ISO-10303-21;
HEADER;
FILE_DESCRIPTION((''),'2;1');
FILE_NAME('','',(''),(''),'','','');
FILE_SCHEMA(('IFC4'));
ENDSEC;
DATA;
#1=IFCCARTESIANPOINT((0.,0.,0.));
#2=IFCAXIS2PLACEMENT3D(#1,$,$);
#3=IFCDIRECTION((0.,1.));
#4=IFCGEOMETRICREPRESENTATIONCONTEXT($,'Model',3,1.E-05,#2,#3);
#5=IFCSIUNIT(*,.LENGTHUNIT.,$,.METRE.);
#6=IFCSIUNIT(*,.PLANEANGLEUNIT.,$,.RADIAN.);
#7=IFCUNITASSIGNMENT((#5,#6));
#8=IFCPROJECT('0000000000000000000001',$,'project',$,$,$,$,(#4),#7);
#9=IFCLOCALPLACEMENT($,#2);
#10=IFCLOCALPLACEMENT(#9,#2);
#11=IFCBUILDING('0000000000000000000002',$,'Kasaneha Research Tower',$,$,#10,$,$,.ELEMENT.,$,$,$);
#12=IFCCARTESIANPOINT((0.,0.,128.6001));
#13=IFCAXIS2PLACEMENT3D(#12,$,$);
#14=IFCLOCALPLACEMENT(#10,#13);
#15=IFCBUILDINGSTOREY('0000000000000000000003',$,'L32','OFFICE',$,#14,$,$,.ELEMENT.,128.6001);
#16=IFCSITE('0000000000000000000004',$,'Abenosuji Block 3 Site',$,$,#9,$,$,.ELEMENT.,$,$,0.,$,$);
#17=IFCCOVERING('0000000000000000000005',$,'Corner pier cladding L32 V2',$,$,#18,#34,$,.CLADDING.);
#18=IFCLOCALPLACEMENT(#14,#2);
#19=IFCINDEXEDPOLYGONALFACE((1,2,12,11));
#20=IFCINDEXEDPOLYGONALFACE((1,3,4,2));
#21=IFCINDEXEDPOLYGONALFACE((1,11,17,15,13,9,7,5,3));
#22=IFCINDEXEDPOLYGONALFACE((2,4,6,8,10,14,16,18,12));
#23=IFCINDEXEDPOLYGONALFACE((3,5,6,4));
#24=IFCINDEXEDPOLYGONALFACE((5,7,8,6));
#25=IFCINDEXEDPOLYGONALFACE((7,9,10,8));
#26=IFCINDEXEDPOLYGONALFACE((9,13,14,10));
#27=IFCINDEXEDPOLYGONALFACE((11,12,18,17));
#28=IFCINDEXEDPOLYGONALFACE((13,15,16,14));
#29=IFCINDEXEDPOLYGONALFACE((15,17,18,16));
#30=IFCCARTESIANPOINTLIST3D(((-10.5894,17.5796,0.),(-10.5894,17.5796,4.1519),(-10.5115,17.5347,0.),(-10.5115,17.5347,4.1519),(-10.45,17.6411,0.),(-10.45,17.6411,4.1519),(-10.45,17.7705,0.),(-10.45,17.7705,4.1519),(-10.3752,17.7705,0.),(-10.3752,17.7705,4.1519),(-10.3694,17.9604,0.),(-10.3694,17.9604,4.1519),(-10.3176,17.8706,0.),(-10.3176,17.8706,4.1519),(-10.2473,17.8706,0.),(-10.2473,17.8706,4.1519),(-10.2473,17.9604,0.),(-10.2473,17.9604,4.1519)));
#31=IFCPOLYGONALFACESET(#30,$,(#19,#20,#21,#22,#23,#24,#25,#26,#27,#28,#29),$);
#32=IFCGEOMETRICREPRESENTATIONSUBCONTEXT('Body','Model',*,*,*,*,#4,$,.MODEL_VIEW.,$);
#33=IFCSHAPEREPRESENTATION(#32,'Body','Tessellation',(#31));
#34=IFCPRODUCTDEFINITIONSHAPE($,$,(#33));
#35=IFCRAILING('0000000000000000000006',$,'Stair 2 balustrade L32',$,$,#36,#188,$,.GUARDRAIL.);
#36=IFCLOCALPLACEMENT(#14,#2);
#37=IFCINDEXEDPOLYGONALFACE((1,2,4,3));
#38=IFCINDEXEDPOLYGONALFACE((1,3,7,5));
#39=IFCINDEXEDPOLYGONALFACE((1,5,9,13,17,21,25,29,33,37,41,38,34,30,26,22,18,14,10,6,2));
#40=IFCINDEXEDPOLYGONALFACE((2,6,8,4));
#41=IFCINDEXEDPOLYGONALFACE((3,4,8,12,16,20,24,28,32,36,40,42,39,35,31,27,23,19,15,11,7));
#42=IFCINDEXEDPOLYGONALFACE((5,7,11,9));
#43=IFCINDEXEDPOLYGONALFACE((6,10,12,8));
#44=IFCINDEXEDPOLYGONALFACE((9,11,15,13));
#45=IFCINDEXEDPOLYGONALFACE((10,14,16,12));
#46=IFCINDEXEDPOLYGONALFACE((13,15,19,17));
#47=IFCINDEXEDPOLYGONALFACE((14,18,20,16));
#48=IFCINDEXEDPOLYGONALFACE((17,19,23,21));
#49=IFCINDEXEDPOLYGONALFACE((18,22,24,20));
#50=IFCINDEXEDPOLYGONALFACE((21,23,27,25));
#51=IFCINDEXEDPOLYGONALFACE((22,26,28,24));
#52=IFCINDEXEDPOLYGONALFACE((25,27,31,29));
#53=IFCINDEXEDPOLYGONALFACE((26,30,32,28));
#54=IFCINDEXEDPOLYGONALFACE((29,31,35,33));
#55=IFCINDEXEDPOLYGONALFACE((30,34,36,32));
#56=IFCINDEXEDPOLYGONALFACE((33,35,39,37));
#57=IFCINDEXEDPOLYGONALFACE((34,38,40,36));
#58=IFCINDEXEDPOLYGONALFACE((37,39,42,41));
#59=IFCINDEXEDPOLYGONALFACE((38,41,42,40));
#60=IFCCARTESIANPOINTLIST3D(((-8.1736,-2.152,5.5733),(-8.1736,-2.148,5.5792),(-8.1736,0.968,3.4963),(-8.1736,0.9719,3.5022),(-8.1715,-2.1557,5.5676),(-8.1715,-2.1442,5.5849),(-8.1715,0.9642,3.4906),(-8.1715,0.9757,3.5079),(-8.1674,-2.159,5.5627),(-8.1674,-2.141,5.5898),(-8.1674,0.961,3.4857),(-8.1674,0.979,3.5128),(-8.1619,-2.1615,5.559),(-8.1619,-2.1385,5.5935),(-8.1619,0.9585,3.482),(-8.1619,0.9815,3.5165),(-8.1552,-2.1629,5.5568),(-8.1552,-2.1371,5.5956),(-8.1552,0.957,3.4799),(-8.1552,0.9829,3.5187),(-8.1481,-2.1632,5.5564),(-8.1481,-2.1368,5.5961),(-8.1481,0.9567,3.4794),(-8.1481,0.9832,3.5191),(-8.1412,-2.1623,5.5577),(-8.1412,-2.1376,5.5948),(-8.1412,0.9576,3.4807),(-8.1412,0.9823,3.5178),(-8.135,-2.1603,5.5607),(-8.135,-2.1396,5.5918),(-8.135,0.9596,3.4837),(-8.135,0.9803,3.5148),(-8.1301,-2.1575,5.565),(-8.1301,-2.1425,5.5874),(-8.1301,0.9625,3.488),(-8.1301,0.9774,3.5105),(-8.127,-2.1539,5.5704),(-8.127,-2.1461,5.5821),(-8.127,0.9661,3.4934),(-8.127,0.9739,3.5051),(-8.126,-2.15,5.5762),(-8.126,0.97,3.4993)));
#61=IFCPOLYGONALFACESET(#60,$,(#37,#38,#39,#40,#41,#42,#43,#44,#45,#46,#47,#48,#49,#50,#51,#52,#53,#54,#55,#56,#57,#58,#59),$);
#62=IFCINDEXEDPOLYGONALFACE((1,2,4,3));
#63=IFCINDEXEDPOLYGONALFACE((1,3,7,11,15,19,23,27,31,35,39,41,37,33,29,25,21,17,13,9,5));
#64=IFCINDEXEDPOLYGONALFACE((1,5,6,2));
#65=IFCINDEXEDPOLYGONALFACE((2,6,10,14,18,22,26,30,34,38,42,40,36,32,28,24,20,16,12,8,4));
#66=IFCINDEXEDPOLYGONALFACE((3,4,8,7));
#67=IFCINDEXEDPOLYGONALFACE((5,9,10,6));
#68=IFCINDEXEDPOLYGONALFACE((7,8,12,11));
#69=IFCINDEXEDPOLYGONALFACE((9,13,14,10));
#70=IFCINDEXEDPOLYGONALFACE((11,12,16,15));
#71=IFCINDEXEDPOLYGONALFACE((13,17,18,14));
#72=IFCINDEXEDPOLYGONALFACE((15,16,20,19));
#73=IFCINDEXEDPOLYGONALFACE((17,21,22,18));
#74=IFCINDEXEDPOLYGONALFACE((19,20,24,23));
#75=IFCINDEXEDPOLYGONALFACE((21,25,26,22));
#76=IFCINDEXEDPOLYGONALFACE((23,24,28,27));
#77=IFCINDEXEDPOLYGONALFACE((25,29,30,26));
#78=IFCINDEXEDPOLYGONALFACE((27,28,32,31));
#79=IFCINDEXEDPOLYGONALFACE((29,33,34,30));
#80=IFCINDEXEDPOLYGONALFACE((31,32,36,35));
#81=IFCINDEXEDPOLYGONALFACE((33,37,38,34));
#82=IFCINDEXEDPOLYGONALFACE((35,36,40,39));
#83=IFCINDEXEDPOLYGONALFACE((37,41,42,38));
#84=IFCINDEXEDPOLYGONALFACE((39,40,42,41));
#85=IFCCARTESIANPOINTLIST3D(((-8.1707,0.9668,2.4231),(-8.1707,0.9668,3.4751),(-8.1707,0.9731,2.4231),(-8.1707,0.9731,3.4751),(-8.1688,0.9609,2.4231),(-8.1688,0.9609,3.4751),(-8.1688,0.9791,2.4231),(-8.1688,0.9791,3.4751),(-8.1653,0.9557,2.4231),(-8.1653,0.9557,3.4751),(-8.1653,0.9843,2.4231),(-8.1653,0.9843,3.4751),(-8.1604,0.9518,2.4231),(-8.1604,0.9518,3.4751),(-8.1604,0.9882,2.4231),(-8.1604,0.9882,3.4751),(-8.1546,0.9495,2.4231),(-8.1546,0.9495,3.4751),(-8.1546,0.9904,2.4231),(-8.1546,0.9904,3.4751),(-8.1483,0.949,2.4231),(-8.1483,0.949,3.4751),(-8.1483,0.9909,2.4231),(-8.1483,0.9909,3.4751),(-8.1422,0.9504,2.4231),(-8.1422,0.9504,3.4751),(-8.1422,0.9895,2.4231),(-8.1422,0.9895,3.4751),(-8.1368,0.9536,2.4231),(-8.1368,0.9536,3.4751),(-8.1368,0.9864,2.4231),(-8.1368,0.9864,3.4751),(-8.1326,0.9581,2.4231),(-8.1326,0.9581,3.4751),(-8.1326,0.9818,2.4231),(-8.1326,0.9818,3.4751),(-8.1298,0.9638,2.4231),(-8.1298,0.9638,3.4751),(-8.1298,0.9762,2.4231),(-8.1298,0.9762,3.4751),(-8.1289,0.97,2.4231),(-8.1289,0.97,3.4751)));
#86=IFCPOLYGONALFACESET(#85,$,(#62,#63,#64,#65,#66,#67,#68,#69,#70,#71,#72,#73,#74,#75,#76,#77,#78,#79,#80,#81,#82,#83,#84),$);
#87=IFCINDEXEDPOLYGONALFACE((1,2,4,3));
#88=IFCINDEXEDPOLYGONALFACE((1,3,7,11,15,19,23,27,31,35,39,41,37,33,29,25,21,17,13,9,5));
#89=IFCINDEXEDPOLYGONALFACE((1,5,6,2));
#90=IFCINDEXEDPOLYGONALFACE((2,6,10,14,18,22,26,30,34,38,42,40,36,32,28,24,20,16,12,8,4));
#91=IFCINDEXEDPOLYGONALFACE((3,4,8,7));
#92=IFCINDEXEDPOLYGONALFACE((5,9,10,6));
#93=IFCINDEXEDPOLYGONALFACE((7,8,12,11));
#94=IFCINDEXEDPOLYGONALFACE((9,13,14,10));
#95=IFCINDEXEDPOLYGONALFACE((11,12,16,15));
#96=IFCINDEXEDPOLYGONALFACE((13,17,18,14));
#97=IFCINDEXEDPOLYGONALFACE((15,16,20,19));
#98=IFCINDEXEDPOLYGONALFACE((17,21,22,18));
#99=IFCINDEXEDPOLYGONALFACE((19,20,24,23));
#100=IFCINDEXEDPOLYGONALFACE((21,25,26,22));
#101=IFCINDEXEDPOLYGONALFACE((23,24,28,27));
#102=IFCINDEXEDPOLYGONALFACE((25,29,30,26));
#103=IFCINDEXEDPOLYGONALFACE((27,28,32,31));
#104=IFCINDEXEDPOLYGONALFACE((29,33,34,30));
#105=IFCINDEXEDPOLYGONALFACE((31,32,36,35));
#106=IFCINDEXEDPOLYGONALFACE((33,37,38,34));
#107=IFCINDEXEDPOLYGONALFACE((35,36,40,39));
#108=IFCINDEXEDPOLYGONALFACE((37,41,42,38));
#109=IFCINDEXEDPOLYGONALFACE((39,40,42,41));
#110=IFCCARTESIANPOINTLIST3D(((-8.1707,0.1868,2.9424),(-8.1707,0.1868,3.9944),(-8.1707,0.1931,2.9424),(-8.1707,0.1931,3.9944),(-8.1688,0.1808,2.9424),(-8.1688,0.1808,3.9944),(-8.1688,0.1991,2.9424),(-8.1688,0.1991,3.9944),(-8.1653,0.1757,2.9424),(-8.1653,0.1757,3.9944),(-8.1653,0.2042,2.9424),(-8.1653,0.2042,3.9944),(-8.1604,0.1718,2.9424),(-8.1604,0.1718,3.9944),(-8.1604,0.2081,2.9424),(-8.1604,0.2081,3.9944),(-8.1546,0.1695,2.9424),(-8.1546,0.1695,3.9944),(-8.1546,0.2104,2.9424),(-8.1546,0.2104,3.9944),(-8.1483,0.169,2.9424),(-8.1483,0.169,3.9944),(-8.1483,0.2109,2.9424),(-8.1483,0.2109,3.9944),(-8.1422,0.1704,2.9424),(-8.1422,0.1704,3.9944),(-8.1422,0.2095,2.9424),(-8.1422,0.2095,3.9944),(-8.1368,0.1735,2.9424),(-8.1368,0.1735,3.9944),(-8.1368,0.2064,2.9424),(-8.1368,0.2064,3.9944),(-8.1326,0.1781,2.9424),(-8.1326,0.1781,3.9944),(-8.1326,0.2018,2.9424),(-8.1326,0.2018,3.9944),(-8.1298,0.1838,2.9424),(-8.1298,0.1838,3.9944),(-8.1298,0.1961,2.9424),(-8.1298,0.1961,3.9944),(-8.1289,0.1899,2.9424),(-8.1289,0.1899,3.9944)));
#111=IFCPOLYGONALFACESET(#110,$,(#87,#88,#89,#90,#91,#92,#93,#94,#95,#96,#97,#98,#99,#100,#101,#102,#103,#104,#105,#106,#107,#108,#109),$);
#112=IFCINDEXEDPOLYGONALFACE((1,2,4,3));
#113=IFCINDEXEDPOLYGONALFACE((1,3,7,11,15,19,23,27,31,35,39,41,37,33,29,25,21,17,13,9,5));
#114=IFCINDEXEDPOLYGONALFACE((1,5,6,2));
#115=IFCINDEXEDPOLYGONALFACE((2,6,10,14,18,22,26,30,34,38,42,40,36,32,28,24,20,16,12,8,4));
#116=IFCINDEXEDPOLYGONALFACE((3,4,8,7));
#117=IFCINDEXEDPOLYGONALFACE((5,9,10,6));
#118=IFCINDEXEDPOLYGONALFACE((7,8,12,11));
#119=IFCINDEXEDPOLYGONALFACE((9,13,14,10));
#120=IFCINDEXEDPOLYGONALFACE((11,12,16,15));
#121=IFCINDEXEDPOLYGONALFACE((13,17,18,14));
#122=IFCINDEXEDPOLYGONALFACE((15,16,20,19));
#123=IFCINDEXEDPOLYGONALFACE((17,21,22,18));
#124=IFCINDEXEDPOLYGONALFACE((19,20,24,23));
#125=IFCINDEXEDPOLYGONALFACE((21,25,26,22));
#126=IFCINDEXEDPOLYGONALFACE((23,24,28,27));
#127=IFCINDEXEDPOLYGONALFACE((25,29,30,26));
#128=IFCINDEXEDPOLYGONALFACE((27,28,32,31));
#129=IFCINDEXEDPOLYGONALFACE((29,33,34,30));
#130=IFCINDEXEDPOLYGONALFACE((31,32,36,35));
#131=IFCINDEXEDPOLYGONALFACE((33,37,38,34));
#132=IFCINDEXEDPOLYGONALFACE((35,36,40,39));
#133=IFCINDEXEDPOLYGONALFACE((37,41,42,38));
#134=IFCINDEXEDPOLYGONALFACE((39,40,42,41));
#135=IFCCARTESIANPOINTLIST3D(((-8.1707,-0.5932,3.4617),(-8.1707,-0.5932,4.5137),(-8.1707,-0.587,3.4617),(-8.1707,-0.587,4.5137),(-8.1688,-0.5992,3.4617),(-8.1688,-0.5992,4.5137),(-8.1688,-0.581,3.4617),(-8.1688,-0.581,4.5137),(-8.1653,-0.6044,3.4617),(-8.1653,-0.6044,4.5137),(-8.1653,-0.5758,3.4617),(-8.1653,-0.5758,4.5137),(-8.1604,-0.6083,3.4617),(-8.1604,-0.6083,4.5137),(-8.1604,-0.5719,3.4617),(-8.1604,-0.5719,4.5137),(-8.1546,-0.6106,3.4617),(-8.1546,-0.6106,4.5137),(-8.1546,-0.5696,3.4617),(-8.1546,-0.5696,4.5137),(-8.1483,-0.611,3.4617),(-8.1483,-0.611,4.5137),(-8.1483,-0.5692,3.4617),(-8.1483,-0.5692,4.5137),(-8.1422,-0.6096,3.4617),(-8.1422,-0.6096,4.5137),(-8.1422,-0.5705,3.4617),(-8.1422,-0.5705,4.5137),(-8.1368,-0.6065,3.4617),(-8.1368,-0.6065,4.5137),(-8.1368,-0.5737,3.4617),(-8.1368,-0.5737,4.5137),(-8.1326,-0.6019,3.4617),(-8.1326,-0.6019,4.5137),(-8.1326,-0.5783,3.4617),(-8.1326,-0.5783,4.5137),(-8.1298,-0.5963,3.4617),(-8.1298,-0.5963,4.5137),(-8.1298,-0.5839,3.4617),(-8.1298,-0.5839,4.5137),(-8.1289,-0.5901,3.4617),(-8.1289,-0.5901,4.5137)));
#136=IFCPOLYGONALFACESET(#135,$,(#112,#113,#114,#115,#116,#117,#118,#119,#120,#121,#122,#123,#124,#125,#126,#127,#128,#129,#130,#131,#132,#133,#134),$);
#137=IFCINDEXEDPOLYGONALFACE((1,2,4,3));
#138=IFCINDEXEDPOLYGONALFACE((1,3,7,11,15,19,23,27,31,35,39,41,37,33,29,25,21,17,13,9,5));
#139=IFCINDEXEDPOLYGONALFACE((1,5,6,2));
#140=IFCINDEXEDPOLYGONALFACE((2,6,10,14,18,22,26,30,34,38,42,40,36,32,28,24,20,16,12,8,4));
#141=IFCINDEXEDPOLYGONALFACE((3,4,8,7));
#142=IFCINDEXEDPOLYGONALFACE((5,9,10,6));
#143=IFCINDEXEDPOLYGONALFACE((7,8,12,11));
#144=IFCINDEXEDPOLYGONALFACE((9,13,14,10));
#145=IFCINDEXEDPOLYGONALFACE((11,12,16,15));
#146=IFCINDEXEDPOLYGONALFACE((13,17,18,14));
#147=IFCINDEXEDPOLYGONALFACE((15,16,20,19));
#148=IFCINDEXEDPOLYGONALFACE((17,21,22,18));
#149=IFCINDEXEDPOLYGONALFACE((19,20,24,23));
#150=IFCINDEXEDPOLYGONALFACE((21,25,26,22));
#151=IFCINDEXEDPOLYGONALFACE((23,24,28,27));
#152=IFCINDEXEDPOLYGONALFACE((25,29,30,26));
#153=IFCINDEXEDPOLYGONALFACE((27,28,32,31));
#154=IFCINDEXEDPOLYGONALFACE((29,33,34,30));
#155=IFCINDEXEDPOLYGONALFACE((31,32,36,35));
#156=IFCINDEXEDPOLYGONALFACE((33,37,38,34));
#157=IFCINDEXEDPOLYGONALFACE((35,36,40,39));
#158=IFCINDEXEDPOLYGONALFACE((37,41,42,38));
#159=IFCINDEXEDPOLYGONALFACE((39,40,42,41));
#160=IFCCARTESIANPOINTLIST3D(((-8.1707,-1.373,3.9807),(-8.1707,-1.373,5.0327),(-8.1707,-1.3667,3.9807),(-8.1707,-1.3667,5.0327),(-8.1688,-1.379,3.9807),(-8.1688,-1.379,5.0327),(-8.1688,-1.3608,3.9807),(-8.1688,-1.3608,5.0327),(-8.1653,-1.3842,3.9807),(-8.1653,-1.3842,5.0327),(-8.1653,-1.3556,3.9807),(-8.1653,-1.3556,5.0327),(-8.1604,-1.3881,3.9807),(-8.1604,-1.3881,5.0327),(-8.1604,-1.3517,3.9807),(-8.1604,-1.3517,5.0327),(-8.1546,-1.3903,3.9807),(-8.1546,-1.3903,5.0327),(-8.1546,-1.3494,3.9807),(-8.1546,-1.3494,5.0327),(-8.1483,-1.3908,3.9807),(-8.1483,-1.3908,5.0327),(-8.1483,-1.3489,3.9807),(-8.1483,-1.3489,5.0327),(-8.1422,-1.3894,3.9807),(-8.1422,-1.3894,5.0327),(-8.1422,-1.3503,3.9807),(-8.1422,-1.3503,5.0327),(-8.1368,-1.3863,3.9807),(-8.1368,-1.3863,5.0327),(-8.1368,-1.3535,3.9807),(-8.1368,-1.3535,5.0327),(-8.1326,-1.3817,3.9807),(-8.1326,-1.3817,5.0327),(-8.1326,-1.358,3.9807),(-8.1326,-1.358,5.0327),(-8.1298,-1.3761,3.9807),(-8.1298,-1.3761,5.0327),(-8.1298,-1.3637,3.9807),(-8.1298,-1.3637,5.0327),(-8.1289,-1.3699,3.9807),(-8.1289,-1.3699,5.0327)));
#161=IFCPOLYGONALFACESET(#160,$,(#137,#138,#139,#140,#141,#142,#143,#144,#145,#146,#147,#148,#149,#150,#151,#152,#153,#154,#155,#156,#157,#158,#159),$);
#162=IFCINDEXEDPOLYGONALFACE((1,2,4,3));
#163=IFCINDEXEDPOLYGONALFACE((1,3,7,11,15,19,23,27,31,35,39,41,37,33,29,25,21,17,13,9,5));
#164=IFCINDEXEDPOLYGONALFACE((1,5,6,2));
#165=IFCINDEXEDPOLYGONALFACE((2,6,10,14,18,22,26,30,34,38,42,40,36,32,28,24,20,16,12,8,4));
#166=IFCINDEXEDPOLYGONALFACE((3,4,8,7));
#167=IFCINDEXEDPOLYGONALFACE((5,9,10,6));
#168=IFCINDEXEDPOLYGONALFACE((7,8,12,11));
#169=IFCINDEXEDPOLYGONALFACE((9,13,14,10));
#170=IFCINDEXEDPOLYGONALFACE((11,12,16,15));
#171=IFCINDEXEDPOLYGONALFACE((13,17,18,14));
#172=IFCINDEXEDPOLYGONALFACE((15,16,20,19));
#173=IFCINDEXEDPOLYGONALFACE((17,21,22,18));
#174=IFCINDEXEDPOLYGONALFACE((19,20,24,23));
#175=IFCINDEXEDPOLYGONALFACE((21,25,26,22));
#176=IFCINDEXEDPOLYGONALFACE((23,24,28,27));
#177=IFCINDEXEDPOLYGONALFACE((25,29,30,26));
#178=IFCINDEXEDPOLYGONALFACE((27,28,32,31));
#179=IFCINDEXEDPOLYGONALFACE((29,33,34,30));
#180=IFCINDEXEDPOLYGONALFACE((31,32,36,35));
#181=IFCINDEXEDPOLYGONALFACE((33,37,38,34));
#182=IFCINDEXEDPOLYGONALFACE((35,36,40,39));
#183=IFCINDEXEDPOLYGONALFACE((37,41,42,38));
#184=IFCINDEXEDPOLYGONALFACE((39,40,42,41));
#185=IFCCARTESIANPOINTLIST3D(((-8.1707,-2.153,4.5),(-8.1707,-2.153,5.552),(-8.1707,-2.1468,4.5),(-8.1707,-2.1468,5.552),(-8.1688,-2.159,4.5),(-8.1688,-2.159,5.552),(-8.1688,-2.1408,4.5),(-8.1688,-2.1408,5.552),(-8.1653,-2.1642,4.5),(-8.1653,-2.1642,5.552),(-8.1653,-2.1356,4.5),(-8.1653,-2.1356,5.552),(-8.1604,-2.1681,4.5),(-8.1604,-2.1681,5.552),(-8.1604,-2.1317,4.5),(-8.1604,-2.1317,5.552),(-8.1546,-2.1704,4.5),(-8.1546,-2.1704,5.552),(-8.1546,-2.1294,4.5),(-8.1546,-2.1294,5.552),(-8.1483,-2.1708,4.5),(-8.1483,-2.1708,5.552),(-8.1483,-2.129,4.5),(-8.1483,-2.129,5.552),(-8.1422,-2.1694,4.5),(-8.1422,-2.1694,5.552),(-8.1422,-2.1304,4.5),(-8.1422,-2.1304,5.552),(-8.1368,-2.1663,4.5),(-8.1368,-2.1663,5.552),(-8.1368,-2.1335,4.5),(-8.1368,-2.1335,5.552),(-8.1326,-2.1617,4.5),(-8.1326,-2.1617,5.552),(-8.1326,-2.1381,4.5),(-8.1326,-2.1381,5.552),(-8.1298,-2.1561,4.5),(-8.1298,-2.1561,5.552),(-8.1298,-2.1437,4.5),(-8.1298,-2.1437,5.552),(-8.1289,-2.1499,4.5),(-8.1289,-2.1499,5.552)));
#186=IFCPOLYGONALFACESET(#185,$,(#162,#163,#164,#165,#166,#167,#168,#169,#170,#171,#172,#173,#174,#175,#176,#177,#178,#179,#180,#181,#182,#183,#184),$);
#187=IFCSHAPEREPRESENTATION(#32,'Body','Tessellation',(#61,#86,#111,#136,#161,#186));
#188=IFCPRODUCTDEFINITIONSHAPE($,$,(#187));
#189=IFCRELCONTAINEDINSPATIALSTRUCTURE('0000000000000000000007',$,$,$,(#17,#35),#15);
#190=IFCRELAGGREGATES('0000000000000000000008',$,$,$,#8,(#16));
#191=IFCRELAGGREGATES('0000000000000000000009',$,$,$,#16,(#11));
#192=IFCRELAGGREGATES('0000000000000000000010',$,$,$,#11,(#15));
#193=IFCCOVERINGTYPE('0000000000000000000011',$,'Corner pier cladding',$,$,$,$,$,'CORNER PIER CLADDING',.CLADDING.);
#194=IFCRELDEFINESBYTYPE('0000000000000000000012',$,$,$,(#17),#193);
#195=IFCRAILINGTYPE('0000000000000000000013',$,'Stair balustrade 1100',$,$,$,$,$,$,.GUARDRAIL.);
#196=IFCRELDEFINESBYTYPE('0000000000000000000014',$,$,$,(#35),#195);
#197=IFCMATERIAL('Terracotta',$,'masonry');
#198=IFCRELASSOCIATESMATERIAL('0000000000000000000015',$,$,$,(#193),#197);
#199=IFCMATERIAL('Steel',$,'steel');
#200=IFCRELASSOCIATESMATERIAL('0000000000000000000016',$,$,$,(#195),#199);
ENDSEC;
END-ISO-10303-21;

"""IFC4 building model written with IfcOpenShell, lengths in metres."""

from ifc_helpers import new_model, si_unit, direction, frame, origin, origin_2d, place, context, subcontext, project, spatial, polyline, circle, outline, extrude, material, type_object, element, save


model = new_model("IFC4")

# Units and contexts
model_context = context("Model", 3, precision=1e-05, world=origin(), true_north=direction((0.0, 1.0)))
body_context = subcontext(model_context, "Body", "Model", "MODEL_VIEW")
ifc_project = project(units=[si_unit("LENGTHUNIT", "METRE"), si_unit("PLANEANGLEUNIT", "RADIAN")], contexts=[model_context])

# Site, building, storey
site_placement = place(None, origin())
site = spatial("IfcSite", under=ifc_project, at=site_placement, Name="Abenosuji Block 3 Site", CompositionType="ELEMENT", RefElevation=0.0)
building_placement = place(site_placement, origin())
building = spatial("IfcBuilding", under=site, at=building_placement, Name="Kasaneha Research Tower", CompositionType="ELEMENT")
storey_placement = place(building_placement, frame((0.0, 0.0, 128.6001)))
storey = spatial("IfcBuildingStorey", under=building, at=storey_placement, Name="L32", Description="OFFICE", CompositionType="ELEMENT", Elevation=128.6001)

# Covering
ifc_material_1 = material(Name="Terracotta", Category="masonry")
covering_type = type_object("IfcCoveringType", Name="Corner pier cladding", ElementType="CORNER PIER CLADDING", PredefinedType="CLADDING", material=ifc_material_1)
covering_1_placement = place(storey_placement, origin())
element("IfcCovering", 1, at=covering_1_placement, inside=storey, type_object=covering_type, Name="Corner pier cladding L32 V2", PredefinedType="CLADDING", context=body_context, shape_type="SweptSolid", body=[
    extrude(outline(polyline([(-10.2473, 17.8706), (-10.3176, 17.8706), (-10.3752, 17.7705), (-10.45, 17.7705), (-10.45, 17.6411), (-10.5115, 17.5347), (-10.5894, 17.5796), (-10.3694, 17.9604), (-10.2473, 17.9604), (-10.2473, 17.8706)])), origin(), (0.0, 0.0, 1.0), 4.1519),
])

# Railing
ifc_material_2 = material(Name="Steel", Category="steel")
railing_type_1 = type_object("IfcRailingType", Name="Stair balustrade 1100", PredefinedType="GUARDRAIL", material=ifc_material_2)
railing_1_placement = place(storey_placement, frame((-8.1499, 0.97, 2.4231)))
element("IfcRailing", 2, at=railing_1_placement, inside=storey, type_object=railing_type_1, Name="Stair 2 balustrade L32", PredefinedType="GUARDRAIL", context=body_context, shape_type="SweptSolid", body=[
    extrude(circle(Radius=0.0239, at=origin_2d()), frame((0.0, 0.0, 1.0762), z_axis=(0.0, -0.832421, 0.554144), x_axis=(1.0, 0.0, 0.0)), (0.0, 0.0, 1.0), 3.748),
    extrude(circle(Radius=0.021, at=origin_2d()), origin(), (0.0, 0.0, 1.0), 1.052),
    extrude(circle(Radius=0.021, at=origin_2d()), frame((0.0, -0.78, 0.5193)), (0.0, 0.0, 1.0), 1.052),
    extrude(circle(Radius=0.021, at=origin_2d()), frame((0.0, -1.5601, 1.0386)), (0.0, 0.0, 1.0), 1.052),
    extrude(circle(Radius=0.021, at=origin_2d()), frame((0.0, -2.3398, 1.5576)), (0.0, 0.0, 1.0), 1.052),
    extrude(circle(Radius=0.021, at=origin_2d()), frame((0.0, -3.1199, 2.0769)), (0.0, 0.0, 1.0), 1.052),
])

save(model, "model.ifc")
